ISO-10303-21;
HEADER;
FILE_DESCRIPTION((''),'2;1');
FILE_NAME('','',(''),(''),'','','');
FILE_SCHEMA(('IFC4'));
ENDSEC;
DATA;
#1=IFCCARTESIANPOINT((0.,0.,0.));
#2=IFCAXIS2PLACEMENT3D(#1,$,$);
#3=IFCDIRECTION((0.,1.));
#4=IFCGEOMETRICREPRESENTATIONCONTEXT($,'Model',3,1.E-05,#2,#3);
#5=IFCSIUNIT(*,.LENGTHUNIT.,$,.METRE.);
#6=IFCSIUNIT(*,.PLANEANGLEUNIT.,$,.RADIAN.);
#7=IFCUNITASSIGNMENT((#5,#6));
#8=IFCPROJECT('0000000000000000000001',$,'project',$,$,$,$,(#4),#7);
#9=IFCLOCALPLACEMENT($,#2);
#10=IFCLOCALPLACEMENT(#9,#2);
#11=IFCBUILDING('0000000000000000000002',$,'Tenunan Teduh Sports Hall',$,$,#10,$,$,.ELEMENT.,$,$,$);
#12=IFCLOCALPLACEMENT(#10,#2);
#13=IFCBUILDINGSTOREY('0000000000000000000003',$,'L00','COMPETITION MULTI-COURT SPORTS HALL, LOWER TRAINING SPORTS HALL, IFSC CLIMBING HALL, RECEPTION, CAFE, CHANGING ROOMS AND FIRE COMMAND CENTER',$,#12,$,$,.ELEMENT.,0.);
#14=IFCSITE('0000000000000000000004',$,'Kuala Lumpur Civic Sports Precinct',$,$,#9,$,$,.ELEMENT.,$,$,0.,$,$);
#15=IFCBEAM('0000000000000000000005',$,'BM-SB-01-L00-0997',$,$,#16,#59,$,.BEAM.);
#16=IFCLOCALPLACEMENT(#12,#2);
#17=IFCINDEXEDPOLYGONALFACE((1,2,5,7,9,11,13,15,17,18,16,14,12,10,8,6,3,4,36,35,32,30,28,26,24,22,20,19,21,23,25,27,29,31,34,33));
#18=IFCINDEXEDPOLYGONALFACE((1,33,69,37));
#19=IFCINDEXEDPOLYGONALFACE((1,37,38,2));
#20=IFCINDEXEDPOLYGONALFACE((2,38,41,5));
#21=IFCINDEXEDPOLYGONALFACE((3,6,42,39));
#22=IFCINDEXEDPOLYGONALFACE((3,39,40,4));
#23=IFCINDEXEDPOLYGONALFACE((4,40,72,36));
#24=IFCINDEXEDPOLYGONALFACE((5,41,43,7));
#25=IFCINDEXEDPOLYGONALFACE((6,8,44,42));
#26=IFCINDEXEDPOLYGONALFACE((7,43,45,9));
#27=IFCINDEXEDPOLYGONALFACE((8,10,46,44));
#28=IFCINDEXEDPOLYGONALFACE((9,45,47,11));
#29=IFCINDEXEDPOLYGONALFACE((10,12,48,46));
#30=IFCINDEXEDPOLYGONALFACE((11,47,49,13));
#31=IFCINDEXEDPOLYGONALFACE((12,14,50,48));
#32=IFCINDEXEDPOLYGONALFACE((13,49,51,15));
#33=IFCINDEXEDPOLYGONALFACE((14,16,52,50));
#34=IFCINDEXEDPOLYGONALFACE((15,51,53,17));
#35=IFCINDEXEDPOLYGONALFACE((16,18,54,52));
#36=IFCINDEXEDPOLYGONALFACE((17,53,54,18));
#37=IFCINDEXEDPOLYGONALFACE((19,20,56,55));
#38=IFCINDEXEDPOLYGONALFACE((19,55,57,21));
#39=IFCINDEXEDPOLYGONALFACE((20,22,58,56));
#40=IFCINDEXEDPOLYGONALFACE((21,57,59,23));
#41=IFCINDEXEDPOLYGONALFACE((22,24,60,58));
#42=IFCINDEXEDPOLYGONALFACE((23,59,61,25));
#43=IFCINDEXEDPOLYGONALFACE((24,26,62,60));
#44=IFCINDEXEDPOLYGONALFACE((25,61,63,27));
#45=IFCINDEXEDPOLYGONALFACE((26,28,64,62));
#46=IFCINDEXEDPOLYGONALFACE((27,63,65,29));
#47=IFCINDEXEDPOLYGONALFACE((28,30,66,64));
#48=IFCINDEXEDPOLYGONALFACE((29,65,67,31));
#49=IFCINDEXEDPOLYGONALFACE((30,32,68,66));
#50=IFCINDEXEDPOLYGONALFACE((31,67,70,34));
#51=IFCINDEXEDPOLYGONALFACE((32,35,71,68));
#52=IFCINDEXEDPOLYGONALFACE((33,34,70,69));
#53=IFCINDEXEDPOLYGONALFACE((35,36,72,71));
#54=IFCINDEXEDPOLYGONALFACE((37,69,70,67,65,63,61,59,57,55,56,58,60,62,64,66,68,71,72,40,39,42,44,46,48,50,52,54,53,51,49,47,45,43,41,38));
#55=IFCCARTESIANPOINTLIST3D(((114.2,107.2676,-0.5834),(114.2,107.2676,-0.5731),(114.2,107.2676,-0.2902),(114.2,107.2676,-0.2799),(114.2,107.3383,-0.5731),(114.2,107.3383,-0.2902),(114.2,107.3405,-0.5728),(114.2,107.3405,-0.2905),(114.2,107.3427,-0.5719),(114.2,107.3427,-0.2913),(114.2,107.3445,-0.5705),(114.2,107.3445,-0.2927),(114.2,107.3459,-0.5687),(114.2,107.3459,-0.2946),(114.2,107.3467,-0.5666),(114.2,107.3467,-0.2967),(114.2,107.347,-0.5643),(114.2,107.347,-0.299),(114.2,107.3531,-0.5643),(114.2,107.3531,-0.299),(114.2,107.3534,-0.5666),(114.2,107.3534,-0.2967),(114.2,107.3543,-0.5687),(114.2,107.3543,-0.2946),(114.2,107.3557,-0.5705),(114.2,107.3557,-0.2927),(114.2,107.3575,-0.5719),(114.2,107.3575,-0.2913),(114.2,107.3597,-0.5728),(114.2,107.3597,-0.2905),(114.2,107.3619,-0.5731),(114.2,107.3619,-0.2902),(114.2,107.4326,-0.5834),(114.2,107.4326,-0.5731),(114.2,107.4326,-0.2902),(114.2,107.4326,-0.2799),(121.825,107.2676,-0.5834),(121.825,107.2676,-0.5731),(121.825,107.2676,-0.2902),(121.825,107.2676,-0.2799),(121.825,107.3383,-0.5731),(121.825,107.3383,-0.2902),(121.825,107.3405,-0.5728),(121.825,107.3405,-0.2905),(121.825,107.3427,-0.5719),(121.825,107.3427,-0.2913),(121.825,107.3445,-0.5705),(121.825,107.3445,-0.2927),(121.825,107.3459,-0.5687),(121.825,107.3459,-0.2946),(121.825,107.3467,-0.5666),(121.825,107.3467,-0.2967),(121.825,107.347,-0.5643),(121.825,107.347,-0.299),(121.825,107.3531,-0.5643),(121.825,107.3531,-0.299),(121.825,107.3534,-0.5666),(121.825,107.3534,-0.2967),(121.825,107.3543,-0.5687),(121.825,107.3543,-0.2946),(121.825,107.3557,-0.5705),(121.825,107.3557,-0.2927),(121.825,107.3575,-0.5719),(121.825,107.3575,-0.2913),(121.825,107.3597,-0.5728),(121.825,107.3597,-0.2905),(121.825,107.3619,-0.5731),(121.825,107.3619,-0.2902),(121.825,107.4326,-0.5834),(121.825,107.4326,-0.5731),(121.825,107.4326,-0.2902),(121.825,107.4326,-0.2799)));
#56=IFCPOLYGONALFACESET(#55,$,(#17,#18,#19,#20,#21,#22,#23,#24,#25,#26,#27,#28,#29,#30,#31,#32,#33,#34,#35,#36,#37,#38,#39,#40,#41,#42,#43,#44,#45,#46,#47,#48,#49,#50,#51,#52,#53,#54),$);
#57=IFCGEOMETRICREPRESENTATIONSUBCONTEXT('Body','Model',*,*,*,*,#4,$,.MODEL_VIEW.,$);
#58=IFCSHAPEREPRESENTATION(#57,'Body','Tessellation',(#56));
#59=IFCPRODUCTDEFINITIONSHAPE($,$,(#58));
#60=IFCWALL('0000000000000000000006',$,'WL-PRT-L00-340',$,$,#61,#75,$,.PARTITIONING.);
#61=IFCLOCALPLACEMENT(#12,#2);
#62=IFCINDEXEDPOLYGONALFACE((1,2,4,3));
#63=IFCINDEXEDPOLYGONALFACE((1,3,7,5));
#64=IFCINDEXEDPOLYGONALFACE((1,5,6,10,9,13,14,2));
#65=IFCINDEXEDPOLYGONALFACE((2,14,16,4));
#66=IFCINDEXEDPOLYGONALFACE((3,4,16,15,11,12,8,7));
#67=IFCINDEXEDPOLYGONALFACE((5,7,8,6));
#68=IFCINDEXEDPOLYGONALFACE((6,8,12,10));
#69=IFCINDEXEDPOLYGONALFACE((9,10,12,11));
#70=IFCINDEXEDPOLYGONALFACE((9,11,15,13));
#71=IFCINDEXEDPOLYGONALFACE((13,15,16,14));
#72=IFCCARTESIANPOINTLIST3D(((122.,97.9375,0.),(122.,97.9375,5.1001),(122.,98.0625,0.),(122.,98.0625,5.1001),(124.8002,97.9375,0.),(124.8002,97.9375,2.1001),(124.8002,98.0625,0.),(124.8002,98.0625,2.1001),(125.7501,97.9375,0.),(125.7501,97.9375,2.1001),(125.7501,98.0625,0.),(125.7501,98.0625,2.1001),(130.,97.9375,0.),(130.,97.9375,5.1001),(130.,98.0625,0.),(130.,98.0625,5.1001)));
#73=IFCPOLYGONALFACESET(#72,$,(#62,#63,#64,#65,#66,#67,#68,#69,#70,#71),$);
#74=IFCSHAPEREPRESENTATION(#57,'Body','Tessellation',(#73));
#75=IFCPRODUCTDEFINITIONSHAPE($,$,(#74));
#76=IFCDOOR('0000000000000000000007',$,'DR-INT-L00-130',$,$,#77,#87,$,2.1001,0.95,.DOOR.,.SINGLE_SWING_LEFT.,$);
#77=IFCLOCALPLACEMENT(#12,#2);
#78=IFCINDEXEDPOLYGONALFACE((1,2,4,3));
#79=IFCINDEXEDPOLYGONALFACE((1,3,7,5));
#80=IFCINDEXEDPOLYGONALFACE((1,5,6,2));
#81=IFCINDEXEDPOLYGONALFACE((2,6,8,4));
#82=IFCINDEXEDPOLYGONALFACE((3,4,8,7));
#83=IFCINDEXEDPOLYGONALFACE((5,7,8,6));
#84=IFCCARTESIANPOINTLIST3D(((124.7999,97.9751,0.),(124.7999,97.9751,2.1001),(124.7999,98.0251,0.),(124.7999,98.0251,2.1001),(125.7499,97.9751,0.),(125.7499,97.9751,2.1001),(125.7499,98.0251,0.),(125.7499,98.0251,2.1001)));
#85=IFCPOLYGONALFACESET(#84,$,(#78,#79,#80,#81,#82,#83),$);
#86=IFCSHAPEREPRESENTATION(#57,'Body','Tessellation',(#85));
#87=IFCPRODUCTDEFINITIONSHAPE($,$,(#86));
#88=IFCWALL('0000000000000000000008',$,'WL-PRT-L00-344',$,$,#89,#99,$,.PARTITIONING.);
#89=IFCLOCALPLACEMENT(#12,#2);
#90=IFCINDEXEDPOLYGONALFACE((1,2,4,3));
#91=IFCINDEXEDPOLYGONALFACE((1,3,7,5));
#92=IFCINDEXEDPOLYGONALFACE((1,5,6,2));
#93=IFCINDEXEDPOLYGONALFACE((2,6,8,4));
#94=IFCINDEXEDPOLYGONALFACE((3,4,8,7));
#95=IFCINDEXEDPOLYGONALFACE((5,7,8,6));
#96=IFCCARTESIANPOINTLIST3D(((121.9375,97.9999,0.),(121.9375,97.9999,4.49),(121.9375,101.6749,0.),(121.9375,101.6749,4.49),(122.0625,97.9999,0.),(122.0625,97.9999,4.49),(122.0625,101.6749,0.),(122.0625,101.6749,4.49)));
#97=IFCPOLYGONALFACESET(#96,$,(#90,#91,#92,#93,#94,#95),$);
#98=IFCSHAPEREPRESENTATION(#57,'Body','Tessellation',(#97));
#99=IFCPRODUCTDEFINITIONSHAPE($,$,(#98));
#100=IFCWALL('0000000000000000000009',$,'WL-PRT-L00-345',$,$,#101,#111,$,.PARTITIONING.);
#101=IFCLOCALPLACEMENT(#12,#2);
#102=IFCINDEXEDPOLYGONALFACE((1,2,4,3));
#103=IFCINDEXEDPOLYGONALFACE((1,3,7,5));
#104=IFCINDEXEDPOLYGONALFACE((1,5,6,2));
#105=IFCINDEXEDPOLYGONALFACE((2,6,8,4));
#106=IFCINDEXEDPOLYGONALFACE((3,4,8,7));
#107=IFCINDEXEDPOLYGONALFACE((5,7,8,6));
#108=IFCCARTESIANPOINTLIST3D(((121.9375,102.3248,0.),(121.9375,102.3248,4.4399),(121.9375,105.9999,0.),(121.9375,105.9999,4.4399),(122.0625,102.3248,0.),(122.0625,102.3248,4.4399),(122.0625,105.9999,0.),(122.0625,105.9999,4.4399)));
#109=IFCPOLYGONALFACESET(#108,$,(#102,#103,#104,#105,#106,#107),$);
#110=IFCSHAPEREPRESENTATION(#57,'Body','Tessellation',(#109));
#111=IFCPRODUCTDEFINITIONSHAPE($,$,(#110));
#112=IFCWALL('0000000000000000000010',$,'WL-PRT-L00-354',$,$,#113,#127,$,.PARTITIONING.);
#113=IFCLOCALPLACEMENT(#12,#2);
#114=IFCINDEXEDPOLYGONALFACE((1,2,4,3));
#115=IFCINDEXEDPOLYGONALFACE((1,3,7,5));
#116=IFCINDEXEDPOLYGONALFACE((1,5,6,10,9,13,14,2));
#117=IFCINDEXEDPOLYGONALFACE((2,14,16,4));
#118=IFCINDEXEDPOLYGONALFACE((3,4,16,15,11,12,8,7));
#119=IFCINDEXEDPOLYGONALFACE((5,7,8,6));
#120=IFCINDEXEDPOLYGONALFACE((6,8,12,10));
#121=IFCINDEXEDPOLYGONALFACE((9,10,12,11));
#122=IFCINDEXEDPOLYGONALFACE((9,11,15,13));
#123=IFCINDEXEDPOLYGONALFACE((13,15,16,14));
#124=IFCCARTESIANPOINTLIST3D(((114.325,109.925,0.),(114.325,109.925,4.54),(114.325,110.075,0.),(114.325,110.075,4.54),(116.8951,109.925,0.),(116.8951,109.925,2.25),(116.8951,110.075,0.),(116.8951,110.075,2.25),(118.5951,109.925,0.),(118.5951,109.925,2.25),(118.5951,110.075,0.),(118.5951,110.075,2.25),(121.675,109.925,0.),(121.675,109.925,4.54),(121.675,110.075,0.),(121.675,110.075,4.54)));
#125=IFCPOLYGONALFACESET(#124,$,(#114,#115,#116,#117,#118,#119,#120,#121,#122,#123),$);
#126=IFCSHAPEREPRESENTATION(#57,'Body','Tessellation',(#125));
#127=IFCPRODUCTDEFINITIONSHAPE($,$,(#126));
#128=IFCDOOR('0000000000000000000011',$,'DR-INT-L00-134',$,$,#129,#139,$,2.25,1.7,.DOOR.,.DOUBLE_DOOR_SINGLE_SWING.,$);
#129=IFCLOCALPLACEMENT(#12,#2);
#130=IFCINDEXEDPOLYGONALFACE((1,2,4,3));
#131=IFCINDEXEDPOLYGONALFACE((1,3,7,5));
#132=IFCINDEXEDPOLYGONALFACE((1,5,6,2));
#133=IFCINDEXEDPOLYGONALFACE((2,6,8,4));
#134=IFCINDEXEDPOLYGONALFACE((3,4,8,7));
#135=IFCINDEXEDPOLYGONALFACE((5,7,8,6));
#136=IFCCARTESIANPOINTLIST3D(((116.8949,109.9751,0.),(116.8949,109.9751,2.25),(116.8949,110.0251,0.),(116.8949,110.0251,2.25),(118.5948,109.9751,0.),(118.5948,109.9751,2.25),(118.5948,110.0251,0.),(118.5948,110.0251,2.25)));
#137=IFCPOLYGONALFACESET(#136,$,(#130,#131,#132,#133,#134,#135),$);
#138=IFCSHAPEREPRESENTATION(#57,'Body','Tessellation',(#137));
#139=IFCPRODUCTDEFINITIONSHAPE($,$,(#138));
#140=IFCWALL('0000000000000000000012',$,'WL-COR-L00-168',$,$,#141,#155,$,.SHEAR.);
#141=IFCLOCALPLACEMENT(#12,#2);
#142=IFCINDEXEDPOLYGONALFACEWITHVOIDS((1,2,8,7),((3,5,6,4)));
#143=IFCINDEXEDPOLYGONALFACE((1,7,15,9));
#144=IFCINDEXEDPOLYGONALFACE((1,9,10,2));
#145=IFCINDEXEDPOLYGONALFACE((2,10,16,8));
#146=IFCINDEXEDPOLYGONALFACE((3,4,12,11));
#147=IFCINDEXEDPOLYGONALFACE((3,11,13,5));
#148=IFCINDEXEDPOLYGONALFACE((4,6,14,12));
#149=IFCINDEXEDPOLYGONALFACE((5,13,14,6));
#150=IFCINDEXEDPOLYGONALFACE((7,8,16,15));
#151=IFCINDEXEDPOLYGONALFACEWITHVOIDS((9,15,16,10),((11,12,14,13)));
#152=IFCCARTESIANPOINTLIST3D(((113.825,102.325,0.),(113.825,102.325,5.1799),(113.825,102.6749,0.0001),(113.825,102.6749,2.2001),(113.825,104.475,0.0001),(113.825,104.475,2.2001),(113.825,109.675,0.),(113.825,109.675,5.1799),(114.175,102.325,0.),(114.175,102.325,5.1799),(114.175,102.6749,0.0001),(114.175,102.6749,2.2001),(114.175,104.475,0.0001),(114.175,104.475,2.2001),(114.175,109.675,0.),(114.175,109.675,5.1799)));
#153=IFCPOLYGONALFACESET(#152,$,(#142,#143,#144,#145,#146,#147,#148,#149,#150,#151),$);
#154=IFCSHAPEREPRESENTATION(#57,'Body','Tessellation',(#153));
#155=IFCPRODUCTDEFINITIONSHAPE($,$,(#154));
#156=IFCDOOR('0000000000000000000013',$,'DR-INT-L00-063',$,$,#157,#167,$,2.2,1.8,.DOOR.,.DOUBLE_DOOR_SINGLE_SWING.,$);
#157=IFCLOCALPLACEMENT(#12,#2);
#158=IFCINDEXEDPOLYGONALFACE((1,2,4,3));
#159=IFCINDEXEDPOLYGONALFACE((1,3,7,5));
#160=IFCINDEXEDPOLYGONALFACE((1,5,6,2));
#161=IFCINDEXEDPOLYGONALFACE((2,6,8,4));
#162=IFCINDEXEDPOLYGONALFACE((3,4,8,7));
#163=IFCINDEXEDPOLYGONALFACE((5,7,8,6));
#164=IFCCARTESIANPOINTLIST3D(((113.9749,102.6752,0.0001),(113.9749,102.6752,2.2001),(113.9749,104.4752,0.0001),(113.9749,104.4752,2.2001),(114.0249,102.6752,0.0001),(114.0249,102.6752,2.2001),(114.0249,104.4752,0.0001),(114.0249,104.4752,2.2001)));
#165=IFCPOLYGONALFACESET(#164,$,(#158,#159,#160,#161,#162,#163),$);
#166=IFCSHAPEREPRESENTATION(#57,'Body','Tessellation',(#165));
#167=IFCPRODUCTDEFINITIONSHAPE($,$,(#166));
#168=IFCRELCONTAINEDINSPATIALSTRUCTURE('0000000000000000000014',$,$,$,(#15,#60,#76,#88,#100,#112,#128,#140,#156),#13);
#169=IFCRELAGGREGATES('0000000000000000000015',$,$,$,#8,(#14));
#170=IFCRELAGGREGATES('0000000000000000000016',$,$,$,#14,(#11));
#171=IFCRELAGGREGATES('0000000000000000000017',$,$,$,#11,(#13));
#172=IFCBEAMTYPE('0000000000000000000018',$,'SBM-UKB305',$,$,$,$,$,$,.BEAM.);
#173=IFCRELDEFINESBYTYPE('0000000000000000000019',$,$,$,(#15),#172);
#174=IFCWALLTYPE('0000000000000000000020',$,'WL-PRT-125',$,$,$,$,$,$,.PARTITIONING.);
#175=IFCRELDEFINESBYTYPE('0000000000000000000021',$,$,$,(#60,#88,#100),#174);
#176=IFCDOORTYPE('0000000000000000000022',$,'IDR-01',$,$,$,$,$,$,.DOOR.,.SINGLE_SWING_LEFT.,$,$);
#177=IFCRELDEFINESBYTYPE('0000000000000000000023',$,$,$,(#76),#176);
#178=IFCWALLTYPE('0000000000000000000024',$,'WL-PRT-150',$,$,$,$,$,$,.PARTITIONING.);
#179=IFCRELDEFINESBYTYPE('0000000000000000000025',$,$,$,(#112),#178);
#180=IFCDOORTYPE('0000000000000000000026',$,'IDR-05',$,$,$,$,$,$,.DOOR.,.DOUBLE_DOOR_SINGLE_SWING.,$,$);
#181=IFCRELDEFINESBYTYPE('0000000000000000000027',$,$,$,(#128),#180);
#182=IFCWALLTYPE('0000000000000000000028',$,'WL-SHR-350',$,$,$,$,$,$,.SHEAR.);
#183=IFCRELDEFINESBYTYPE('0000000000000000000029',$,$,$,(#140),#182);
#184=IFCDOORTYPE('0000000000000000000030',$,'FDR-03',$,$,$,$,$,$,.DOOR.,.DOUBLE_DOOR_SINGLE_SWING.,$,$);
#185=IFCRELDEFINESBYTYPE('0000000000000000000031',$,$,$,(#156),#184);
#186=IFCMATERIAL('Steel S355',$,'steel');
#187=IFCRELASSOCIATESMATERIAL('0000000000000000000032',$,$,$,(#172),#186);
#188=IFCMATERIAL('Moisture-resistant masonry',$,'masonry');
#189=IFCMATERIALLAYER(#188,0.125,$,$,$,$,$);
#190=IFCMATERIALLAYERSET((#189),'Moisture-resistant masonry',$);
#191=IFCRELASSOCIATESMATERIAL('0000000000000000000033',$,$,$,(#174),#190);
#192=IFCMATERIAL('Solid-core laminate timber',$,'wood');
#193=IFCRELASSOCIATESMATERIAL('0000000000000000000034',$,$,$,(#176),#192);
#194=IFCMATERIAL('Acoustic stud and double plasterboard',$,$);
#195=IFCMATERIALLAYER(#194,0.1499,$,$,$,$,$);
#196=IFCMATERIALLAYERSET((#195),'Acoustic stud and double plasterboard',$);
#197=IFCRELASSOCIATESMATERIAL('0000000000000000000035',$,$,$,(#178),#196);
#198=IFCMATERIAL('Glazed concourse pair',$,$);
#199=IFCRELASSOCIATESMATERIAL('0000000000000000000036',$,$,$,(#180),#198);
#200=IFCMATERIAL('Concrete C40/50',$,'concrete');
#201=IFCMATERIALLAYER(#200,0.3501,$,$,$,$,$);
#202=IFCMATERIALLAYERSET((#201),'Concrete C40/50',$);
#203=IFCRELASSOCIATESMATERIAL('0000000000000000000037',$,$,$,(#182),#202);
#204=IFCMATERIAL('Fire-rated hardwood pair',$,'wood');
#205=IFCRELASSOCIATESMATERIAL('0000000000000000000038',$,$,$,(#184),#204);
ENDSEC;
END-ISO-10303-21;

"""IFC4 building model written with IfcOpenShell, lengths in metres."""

from ifc_helpers import new_model, si_unit, direction, frame, frame_2d, origin, origin_2d, place, context, subcontext, project, spatial, rectangle, i_section, extrude, material, layer, layer_set, material_profile, profile_set, type_object, element, fill, save


model = new_model("IFC4")

# Units and contexts
model_context = context("Model", 3, precision=1e-05, world=origin(), true_north=direction((0.0, 1.0)))
body_context = subcontext(model_context, "Body", "Model", "MODEL_VIEW")
ifc_project = project(units=[si_unit("LENGTHUNIT", "METRE"), si_unit("PLANEANGLEUNIT", "RADIAN")], contexts=[model_context])

# Site, building, storey
site_placement = place(None, origin())
site = spatial("IfcSite", under=ifc_project, at=site_placement, Name="Kuala Lumpur Civic Sports Precinct", CompositionType="ELEMENT", RefElevation=0.0)
building_placement = place(site_placement, origin())
building = spatial("IfcBuilding", under=site, at=building_placement, Name="Tenunan Teduh Sports Hall", CompositionType="ELEMENT")
storey_placement = place(building_placement, origin())
storey = spatial("IfcBuildingStorey", under=building, at=storey_placement, Name="L00", Description="COMPETITION MULTI-COURT SPORTS HALL, LOWER TRAINING SPORTS HALL, IFSC CLIMBING HALL, RECEPTION, CAFE, CHANGING ROOMS AND FIRE COMMAND CENTER", CompositionType="ELEMENT", Elevation=0.0)

# Beam
ifc_material_1 = material(Name="Steel S355", Category="steel")
ifc_material_profile_1 = material_profile(ifc_material_1, i_section(OverallWidth=0.165, OverallDepth=0.3035, WebThickness=0.0061, FlangeThickness=0.0103, FilletRadius=0.0088, at=origin_2d()), Name="UKB 305x165x40")
ifc_profile_set_1 = profile_set([ifc_material_profile_1], Name="Steel S355")
beam_type_1 = type_object("IfcBeamType", Name="SBM-UKB305", PredefinedType="BEAM", material=ifc_profile_set_1)
beam_1_placement = place(storey_placement, frame((114.2, 107.3501, -0.4316), z_axis=(1.0, 0.0, 0.0), x_axis=(0.0, 1.0, 0.0)))
element("IfcBeam", 1, at=beam_1_placement, inside=storey, type_object=beam_type_1, Name="BM-SB-01-L00-0997", PredefinedType="BEAM", context=body_context, shape_type="SweptSolid", body=[
    extrude(i_section(OverallWidth=0.165, OverallDepth=0.3035, WebThickness=0.0061, FlangeThickness=0.0103, FilletRadius=0.0088, at=origin_2d()), origin(), (0.0, 0.0, 1.0), 7.625),
])

# Wall, opening, door
ifc_material_2 = material(Name="Moisture-resistant masonry", Category="masonry")
ifc_layer_1 = layer(ifc_material_2, 0.125)
ifc_layer_set_1 = layer_set([ifc_layer_1], Name="Moisture-resistant masonry")
wall_type_1 = type_object("IfcWallType", Name="WL-PRT-125", PredefinedType="PARTITIONING", material=ifc_layer_set_1)
wall_1_placement = place(storey_placement, frame((122.0, 98.0, 0.0), z_axis=(0.0, 0.0, 1.0), x_axis=(1.0, 0.0, 0.0)))
wall_1 = element("IfcWall", 2, at=wall_1_placement, inside=storey, type_object=wall_type_1, Name="WL-PRT-L00-340", PredefinedType="PARTITIONING", context=body_context, shape_type="SweptSolid", body=[
    extrude(rectangle(XDim=8.0, YDim=0.125, at=frame_2d((4.0, 0.0))), origin(), (0.0, 0.0, 1.0), 5.1001),
])
opening_1_placement = place(wall_1_placement, frame((2.8, 0.0, 0.0)))
opening_1 = element("IfcOpeningElement", 3, at=opening_1_placement, cuts=wall_1, PredefinedType="OPENING", context=body_context, shape_type="SweptSolid", body=[
    extrude(rectangle(XDim=0.95, YDim=2.1001, at=frame_2d((0.4751, 1.05))), frame((0.0, 0.0725, 0.0), z_axis=(0.0, -1.0, 0.0), x_axis=(1.0, 0.0, 0.0)), (0.0, 0.0, 1.0), 0.145),
])
ifc_material_3 = material(Name="Solid-core laminate timber", Category="wood")
door_type_1 = type_object("IfcDoorType", Name="IDR-01", OperationType="SINGLE_SWING_LEFT", PredefinedType="DOOR", material=ifc_material_3)
door_1_placement = place(opening_1_placement, frame((0.95, 0.0, 0.0), z_axis=(0.0, 0.0, 1.0), x_axis=(-1.0, 0.0, 0.0)))
door_1 = element("IfcDoor", 4, at=door_1_placement, inside=storey, type_object=door_type_1, Name="DR-INT-L00-130", OperationType="SINGLE_SWING_LEFT", OverallHeight=2.1001, OverallWidth=0.95, PredefinedType="DOOR", context=body_context, shape_type="SweptSolid", body=[
    extrude(rectangle(XDim=0.95, YDim=2.1001, at=frame_2d((0.4751, 1.05))), frame((0.0, 0.0249, 0.0), z_axis=(0.0, -1.0, 0.0), x_axis=(1.0, 0.0, 0.0)), (0.0, 0.0, 1.0), 0.05),
])
fill(opening_1, door_1)

# Walls
wall_2_placement = place(storey_placement, frame((122.0, 98.0, 0.0), z_axis=(0.0, 0.0, 1.0), x_axis=(0.0, 1.0, 0.0)))
element("IfcWall", 5, at=wall_2_placement, inside=storey, type_object=wall_type_1, Name="WL-PRT-L00-344", PredefinedType="PARTITIONING", context=body_context, shape_type="SweptSolid", body=[
    extrude(rectangle(XDim=3.675, YDim=0.125, at=frame_2d((1.8374, 0.0))), origin(), (0.0, 0.0, 1.0), 4.49),
])
wall_3_placement = place(storey_placement, frame((122.0, 102.325, 0.0), z_axis=(0.0, 0.0, 1.0), x_axis=(0.0, 1.0, 0.0)))
element("IfcWall", 6, at=wall_3_placement, inside=storey, type_object=wall_type_1, Name="WL-PRT-L00-345", PredefinedType="PARTITIONING", context=body_context, shape_type="SweptSolid", body=[
    extrude(rectangle(XDim=3.675, YDim=0.125, at=frame_2d((1.8374, 0.0))), origin(), (0.0, 0.0, 1.0), 4.4399),
])

# Walls, openings, doors
ifc_material_4 = material(Name="Acoustic stud and double plasterboard")
ifc_layer_2 = layer(ifc_material_4, 0.1499)
ifc_layer_set_2 = layer_set([ifc_layer_2], Name="Acoustic stud and double plasterboard")
wall_type_2 = type_object("IfcWallType", Name="WL-PRT-150", PredefinedType="PARTITIONING", material=ifc_layer_set_2)
wall_4_placement = place(storey_placement, frame((114.325, 110.0, 0.0), z_axis=(0.0, 0.0, 1.0), x_axis=(1.0, 0.0, 0.0)))
wall_4 = element("IfcWall", 7, at=wall_4_placement, inside=storey, type_object=wall_type_2, Name="WL-PRT-L00-354", PredefinedType="PARTITIONING", context=body_context, shape_type="SweptSolid", body=[
    extrude(rectangle(XDim=7.3501, YDim=0.1499, at=frame_2d((3.675, 0.0))), origin(), (0.0, 0.0, 1.0), 4.54),
])
opening_2_placement = place(wall_4_placement, frame((2.5701, 0.0, 0.0)))
opening_2 = element("IfcOpeningElement", 8, at=opening_2_placement, cuts=wall_4, PredefinedType="OPENING", context=body_context, shape_type="SweptSolid", body=[
    extrude(rectangle(XDim=1.7, YDim=2.25, at=frame_2d((0.8501, 1.125))), frame((0.0, 0.085, 0.0), z_axis=(0.0, -1.0, 0.0), x_axis=(1.0, 0.0, 0.0)), (0.0, 0.0, 1.0), 0.1699),
])
ifc_material_5 = material(Name="Glazed concourse pair")
door_type_2 = type_object("IfcDoorType", Name="IDR-05", OperationType="DOUBLE_DOOR_SINGLE_SWING", PredefinedType="DOOR", material=ifc_material_5)
door_2_placement = place(opening_2_placement, frame((1.7, 0.0, 0.0), z_axis=(0.0, 0.0, 1.0), x_axis=(-1.0, 0.0, 0.0)))
door_2 = element("IfcDoor", 9, at=door_2_placement, inside=storey, type_object=door_type_2, Name="DR-INT-L00-134", OperationType="DOUBLE_DOOR_SINGLE_SWING", OverallHeight=2.25, OverallWidth=1.7, PredefinedType="DOOR", context=body_context, shape_type="SweptSolid", body=[
    extrude(rectangle(XDim=1.7, YDim=2.25, at=frame_2d((0.8501, 1.125))), frame((0.0, 0.0249, 0.0), z_axis=(0.0, -1.0, 0.0), x_axis=(1.0, 0.0, 0.0)), (0.0, 0.0, 1.0), 0.05),
])
fill(opening_2, door_2)
ifc_material_6 = material(Name="Concrete C40/50", Category="concrete")
ifc_layer_3 = layer(ifc_material_6, 0.3501)
ifc_layer_set_3 = layer_set([ifc_layer_3], Name="Concrete C40/50")
wall_type_3 = type_object("IfcWallType", Name="WL-SHR-350", PredefinedType="SHEAR", material=ifc_layer_set_3)
wall_5_placement = place(storey_placement, frame((114.0, 102.325, 0.0), z_axis=(0.0, 0.0, 1.0), x_axis=(0.0, 1.0, 0.0)))
wall_5 = element("IfcWall", 10, at=wall_5_placement, inside=storey, type_object=wall_type_3, Name="WL-COR-L00-168", PredefinedType="SHEAR", context=body_context, shape_type="SweptSolid", body=[
    extrude(rectangle(XDim=7.3501, YDim=0.3501, at=frame_2d((3.675, 0.0))), origin(), (0.0, 0.0, 1.0), 5.1799),
])
opening_3_placement = place(wall_5_placement, frame((0.3501, 0.0, 0.0)))
opening_3 = element("IfcOpeningElement", 11, at=opening_3_placement, cuts=wall_5, PredefinedType="OPENING", context=body_context, shape_type="SweptSolid", body=[
    extrude(rectangle(XDim=1.8, YDim=2.2, at=frame_2d((0.8999, 1.1001))), frame((0.0, 0.1851, 0.0), z_axis=(0.0, -1.0, 0.0), x_axis=(1.0, 0.0, 0.0)), (0.0, 0.0, 1.0), 0.3701),
])
ifc_material_7 = material(Name="Fire-rated hardwood pair", Category="wood")
door_type_3 = type_object("IfcDoorType", Name="FDR-03", OperationType="DOUBLE_DOOR_SINGLE_SWING", PredefinedType="DOOR", material=ifc_material_7)
door_3_placement = place(opening_3_placement, frame((1.8, 0.0, 0.0), z_axis=(0.0, 0.0, 1.0), x_axis=(-1.0, 0.0, 0.0)))
door_3 = element("IfcDoor", 12, at=door_3_placement, inside=storey, type_object=door_type_3, Name="DR-INT-L00-063", OperationType="DOUBLE_DOOR_SINGLE_SWING", OverallHeight=2.2, OverallWidth=1.8, PredefinedType="DOOR", context=body_context, shape_type="SweptSolid", body=[
    extrude(rectangle(XDim=1.8, YDim=2.2, at=frame_2d((0.8999, 1.1001))), frame((0.0, 0.0249, 0.0), z_axis=(0.0, -1.0, 0.0), x_axis=(1.0, 0.0, 0.0)), (0.0, 0.0, 1.0), 0.05),
])
fill(opening_3, door_3)

save(model, "model.ifc")
